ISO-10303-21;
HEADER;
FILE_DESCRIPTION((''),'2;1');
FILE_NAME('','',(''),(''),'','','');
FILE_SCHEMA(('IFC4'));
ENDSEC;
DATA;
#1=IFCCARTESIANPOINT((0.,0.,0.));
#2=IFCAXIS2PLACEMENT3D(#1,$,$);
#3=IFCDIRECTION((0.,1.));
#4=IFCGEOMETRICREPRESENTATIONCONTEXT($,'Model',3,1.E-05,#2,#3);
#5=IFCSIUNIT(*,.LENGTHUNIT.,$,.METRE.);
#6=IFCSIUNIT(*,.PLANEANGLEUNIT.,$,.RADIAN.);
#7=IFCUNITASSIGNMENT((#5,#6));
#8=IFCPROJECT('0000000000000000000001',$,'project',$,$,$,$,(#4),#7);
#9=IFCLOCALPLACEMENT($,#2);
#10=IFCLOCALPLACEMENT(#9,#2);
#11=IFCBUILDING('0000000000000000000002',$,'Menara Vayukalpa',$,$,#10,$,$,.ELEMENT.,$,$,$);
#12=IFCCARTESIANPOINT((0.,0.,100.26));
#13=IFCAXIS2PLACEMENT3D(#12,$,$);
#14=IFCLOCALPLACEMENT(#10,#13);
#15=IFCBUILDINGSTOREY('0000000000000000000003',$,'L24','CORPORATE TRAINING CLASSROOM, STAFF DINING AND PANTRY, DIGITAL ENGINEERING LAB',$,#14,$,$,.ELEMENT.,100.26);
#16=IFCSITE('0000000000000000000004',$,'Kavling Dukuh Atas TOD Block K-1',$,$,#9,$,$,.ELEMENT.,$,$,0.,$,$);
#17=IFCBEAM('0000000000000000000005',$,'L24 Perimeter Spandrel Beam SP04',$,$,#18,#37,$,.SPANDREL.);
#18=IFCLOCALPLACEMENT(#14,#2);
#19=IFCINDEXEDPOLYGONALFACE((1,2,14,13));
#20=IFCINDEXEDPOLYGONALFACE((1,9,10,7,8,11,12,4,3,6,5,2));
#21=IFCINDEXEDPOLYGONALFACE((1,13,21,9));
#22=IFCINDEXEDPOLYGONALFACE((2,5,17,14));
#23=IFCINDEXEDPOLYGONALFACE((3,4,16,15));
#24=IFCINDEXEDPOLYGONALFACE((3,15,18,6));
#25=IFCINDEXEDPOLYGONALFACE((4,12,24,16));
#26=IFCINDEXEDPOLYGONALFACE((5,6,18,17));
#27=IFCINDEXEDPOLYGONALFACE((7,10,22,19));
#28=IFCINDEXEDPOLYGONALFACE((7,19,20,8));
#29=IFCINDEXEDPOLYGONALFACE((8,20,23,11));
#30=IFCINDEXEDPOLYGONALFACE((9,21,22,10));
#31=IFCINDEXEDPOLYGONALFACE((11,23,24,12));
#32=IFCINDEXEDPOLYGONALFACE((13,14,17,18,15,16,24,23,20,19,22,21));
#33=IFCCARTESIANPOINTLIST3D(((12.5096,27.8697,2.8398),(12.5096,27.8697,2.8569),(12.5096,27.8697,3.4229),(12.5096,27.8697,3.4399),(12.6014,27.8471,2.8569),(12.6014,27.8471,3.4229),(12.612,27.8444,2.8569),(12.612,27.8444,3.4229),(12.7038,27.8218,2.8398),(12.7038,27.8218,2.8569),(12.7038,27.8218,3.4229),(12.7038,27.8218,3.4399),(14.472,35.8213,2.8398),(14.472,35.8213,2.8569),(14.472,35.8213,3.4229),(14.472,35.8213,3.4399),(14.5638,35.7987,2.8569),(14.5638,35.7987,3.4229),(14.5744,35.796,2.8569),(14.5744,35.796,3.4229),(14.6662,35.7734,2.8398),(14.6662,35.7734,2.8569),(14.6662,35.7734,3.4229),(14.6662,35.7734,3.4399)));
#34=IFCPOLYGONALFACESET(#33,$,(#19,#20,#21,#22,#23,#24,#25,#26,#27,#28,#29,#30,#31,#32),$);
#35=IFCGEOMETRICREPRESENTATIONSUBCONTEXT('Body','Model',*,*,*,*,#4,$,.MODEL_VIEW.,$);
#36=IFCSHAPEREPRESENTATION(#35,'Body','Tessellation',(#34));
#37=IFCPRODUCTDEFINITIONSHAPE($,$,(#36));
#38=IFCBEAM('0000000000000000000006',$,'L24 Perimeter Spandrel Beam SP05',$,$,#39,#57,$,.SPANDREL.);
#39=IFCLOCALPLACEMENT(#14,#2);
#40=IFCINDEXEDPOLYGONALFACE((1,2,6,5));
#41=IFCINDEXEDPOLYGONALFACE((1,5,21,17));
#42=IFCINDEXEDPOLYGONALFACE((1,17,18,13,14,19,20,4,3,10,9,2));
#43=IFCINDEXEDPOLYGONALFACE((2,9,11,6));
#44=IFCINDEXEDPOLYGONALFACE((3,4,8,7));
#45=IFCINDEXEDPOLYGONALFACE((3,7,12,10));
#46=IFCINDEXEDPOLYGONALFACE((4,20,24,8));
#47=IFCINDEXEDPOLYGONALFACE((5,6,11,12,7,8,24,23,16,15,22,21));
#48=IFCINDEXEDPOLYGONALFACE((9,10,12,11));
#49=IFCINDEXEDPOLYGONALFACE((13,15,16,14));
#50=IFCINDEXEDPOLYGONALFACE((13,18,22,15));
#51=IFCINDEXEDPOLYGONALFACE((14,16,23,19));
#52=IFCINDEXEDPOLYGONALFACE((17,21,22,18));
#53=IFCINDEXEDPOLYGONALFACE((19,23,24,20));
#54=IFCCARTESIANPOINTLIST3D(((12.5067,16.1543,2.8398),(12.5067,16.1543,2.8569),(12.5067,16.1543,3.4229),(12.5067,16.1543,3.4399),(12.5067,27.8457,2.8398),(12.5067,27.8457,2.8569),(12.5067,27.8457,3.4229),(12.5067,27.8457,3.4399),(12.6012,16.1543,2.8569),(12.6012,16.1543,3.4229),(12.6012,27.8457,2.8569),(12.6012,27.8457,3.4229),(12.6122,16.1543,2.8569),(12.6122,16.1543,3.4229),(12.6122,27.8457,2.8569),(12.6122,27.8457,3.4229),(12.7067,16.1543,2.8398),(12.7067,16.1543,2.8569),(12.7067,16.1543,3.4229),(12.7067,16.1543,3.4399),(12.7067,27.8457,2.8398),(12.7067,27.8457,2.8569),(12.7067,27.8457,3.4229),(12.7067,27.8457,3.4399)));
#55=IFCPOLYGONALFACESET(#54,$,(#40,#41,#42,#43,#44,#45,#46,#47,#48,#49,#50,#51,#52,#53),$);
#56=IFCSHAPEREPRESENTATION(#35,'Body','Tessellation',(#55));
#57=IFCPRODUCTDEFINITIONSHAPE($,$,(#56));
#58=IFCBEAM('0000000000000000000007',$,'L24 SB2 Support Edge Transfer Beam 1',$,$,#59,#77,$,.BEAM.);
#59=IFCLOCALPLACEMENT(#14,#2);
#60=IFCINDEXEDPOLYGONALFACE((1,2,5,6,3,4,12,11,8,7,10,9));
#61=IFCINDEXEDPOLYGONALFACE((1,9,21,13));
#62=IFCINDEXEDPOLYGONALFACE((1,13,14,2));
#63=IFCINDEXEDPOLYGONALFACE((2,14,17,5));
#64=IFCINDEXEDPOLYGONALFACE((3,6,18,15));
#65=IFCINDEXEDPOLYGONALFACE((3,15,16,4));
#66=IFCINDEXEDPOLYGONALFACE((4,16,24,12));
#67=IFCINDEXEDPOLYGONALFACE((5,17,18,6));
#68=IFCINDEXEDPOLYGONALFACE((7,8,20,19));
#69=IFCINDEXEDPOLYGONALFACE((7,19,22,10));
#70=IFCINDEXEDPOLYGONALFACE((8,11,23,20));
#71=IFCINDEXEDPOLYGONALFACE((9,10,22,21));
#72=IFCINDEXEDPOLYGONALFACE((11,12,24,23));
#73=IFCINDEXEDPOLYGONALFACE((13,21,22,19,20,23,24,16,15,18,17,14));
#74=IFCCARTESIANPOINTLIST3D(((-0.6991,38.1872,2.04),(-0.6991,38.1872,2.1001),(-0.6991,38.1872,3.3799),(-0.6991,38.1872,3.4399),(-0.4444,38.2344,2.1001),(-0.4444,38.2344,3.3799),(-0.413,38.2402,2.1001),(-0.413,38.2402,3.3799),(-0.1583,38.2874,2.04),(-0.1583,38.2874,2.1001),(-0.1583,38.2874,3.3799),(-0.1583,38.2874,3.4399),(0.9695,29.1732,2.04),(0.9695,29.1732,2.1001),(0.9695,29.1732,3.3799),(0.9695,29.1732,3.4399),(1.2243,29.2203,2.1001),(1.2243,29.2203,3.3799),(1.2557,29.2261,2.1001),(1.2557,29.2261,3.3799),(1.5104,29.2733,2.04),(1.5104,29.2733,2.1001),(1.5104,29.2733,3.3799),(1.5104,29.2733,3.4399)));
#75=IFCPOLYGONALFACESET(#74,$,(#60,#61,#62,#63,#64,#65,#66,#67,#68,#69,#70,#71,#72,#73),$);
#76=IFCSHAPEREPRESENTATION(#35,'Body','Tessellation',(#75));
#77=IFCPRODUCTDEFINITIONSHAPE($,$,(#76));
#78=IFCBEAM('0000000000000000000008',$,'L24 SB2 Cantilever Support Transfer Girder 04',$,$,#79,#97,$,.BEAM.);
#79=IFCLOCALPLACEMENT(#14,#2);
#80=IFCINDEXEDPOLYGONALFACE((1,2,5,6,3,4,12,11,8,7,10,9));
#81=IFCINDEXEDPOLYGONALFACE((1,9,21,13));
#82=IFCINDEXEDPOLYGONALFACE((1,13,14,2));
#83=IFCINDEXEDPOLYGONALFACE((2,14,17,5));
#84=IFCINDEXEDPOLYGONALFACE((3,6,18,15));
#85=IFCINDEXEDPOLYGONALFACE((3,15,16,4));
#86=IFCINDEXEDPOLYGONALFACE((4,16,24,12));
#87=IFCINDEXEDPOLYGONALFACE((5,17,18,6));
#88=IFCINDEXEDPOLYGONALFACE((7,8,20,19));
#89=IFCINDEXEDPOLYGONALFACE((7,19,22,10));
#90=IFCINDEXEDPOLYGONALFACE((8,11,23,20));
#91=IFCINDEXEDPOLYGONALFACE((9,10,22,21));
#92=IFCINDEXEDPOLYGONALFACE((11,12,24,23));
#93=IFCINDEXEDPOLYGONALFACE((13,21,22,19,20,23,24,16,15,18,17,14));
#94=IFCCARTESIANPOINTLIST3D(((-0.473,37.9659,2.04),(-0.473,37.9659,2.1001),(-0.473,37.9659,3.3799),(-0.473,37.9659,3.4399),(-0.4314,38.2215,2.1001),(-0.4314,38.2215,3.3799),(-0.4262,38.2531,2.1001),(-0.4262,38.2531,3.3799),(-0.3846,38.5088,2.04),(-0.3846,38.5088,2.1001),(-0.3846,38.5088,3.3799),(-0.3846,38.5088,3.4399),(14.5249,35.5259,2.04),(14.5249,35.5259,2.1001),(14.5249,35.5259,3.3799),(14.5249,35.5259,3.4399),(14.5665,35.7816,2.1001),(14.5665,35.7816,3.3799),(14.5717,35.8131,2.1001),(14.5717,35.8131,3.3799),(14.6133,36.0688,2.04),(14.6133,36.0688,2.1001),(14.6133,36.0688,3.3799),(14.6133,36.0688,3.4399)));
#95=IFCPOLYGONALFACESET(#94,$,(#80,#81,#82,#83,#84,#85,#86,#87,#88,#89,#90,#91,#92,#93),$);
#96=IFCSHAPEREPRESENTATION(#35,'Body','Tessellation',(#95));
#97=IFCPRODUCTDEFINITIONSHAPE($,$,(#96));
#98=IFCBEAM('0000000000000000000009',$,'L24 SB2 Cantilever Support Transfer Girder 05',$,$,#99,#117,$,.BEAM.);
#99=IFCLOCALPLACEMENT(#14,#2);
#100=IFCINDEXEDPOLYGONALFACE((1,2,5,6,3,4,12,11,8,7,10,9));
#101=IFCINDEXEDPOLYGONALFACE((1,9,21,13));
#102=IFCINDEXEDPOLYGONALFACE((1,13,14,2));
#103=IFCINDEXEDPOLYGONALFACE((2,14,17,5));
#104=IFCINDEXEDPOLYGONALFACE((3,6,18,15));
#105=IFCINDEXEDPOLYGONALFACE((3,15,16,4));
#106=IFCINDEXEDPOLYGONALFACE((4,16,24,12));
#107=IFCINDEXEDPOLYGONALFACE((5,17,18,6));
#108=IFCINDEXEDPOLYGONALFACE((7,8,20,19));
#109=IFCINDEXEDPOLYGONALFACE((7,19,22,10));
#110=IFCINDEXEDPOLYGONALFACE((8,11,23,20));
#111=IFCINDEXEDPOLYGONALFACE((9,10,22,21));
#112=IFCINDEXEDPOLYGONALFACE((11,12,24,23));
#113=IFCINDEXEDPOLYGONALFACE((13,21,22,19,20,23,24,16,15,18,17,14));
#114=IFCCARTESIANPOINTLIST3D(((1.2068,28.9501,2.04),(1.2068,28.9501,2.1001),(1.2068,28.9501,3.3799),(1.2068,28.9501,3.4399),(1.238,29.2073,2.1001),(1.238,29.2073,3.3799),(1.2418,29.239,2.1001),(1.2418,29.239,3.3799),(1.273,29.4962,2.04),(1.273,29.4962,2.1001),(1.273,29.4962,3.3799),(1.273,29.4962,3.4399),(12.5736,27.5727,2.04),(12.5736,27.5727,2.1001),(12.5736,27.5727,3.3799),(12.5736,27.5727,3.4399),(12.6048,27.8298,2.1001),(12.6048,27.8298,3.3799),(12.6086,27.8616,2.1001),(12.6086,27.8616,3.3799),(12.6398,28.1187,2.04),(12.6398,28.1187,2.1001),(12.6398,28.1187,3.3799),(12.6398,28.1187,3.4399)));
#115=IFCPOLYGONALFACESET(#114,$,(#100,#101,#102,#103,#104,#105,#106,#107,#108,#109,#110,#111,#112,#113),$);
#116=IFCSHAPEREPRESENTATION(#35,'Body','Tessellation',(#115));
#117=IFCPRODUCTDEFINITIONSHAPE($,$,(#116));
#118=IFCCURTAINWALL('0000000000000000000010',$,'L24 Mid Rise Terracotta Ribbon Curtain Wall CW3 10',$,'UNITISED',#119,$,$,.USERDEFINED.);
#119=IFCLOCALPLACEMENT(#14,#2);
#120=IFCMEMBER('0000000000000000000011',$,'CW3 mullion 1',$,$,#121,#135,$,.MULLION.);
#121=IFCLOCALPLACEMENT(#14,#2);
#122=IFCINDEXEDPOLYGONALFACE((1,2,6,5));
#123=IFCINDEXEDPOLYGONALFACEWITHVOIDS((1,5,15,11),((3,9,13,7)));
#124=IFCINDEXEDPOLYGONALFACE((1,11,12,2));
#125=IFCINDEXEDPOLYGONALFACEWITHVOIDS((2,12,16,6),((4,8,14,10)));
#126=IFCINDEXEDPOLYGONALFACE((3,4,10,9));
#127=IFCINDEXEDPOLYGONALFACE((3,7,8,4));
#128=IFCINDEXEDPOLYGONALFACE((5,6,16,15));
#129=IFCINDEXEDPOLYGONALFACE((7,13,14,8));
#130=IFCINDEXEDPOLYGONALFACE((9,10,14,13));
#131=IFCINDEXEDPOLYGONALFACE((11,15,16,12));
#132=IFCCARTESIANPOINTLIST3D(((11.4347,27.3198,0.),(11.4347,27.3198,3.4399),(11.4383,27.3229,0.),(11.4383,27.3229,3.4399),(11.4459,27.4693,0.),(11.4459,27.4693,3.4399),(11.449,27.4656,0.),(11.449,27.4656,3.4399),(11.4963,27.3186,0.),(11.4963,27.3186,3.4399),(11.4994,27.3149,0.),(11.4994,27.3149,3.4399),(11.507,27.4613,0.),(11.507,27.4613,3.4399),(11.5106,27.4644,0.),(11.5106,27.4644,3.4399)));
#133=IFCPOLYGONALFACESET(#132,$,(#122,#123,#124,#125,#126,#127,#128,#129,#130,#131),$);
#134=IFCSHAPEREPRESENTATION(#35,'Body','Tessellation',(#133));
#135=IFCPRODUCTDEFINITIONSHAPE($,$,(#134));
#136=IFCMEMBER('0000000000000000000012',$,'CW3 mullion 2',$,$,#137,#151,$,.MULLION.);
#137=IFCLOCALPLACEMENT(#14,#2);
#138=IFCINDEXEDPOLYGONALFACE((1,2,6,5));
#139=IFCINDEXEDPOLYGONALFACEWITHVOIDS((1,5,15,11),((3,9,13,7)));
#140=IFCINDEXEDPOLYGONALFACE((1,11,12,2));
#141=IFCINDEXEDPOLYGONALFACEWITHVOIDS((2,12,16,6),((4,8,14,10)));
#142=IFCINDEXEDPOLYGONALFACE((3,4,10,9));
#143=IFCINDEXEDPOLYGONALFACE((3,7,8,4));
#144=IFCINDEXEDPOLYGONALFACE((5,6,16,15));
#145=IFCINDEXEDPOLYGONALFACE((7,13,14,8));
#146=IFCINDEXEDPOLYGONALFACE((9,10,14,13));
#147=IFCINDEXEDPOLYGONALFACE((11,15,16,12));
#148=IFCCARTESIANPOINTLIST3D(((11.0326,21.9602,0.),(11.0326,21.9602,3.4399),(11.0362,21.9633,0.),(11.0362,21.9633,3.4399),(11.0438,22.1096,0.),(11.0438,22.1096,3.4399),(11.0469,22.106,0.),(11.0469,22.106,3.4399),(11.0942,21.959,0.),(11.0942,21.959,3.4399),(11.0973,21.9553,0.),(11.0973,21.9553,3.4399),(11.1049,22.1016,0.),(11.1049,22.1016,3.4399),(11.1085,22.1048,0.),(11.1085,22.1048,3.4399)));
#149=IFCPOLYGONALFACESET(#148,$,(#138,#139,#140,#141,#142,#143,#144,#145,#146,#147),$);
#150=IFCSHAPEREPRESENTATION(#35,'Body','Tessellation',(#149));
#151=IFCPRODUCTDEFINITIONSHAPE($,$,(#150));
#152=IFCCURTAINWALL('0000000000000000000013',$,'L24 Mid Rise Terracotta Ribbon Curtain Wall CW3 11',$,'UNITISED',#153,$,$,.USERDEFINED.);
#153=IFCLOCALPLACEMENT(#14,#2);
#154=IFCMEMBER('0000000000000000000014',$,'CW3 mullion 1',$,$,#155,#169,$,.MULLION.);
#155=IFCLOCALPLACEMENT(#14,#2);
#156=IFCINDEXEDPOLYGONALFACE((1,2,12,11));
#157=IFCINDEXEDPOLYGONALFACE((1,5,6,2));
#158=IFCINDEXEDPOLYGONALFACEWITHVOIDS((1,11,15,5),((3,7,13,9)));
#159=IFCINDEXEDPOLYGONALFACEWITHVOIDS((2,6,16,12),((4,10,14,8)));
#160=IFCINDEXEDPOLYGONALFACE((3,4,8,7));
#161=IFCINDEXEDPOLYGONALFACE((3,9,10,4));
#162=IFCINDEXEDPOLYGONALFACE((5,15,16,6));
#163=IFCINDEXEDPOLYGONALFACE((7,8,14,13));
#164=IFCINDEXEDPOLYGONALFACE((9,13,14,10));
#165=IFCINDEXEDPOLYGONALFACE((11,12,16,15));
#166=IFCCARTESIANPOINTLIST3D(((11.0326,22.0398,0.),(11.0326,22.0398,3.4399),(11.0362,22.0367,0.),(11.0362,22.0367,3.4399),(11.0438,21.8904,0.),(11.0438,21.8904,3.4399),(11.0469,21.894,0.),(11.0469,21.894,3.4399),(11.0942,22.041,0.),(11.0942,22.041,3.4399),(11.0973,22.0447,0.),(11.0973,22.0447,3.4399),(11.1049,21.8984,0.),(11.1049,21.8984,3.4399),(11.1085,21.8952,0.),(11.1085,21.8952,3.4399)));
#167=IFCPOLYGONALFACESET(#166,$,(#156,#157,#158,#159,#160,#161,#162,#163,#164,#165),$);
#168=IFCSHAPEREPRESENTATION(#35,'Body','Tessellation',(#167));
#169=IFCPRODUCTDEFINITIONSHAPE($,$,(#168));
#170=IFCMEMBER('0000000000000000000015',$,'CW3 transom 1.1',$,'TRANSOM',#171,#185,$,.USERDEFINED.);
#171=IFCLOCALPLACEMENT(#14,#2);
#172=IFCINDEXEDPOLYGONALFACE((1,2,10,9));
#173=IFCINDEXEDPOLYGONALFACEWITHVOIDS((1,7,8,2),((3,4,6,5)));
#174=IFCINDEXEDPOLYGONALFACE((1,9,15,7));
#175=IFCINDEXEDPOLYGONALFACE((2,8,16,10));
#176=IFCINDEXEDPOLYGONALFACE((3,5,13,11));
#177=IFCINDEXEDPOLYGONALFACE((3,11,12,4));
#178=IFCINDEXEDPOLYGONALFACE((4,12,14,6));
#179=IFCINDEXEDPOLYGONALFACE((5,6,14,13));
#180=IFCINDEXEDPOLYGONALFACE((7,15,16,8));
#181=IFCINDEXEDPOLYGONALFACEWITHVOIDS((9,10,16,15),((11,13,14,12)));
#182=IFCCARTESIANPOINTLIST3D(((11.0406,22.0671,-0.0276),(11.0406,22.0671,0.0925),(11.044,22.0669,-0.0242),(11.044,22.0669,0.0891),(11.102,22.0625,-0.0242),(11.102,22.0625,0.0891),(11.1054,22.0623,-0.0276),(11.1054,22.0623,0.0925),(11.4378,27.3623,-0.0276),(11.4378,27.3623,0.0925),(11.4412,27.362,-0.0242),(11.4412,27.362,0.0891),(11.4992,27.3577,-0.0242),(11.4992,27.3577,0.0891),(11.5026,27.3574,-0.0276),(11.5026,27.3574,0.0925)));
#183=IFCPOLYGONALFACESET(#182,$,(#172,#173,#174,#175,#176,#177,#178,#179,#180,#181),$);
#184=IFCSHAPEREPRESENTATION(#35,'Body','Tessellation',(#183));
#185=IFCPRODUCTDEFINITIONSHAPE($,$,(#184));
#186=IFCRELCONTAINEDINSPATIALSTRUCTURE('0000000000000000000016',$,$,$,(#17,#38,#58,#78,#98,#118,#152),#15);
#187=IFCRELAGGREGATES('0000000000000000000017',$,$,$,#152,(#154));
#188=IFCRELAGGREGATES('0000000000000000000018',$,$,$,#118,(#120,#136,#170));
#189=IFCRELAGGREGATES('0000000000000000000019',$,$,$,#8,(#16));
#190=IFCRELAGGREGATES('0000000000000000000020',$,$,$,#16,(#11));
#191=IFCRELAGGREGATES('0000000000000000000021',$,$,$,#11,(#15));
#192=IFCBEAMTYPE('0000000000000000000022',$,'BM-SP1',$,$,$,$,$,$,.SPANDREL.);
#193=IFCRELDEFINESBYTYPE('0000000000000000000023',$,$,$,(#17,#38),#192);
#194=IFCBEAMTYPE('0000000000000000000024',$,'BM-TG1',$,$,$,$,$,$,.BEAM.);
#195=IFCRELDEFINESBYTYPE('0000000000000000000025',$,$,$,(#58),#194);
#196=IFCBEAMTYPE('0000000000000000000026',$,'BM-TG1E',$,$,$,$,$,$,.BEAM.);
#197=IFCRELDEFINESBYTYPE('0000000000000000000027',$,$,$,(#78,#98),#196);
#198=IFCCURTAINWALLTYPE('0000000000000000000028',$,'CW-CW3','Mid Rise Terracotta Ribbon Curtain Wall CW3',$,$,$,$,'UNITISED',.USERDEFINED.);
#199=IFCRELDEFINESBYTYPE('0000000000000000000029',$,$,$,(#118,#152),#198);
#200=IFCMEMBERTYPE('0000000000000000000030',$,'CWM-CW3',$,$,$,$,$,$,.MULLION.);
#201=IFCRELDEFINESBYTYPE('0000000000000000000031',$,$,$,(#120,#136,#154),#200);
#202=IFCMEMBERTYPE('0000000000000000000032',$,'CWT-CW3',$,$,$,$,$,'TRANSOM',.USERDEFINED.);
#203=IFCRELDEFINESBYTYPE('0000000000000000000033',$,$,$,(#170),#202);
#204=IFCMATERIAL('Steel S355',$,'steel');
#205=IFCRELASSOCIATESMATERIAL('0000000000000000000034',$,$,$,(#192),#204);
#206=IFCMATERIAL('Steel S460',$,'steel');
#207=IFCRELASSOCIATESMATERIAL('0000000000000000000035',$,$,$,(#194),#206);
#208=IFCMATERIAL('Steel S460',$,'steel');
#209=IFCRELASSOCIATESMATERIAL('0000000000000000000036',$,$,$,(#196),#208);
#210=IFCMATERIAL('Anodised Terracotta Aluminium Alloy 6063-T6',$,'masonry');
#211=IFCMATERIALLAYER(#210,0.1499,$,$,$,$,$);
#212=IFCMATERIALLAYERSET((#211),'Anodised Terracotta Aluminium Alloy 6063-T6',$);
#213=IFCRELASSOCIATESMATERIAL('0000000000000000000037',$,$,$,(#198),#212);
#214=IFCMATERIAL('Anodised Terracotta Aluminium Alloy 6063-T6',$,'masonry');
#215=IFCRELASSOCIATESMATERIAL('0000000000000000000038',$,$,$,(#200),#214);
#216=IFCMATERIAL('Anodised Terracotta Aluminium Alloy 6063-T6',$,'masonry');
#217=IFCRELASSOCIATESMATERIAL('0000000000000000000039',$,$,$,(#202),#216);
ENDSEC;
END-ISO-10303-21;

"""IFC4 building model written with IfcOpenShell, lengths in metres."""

from ifc_helpers import new_model, si_unit, direction, frame, origin, origin_2d, place, context, subcontext, project, spatial, hollow_rectangle, i_section, extrude, material, layer, layer_set, material_profile, profile_set, type_object, element, aggregate, save


model = new_model("IFC4")

# Units and contexts
model_context = context("Model", 3, precision=1e-05, world=origin(), true_north=direction((0.0, 1.0)))
body_context = subcontext(model_context, "Body", "Model", "MODEL_VIEW")
ifc_project = project(units=[si_unit("LENGTHUNIT", "METRE"), si_unit("PLANEANGLEUNIT", "RADIAN")], contexts=[model_context])

# Site, building, storey
site_placement = place(None, origin())
site = spatial("IfcSite", under=ifc_project, at=site_placement, Name="Kavling Dukuh Atas TOD Block K-1", CompositionType="ELEMENT", RefElevation=0.0)
building_placement = place(site_placement, origin())
building = spatial("IfcBuilding", under=site, at=building_placement, Name="Menara Vayukalpa", CompositionType="ELEMENT")
storey_placement = place(building_placement, frame((0.0, 0.0, 100.26)))
storey = spatial("IfcBuildingStorey", under=building, at=storey_placement, Name="L24", Description="CORPORATE TRAINING CLASSROOM, STAFF DINING AND PANTRY, DIGITAL ENGINEERING LAB", CompositionType="ELEMENT", Elevation=100.26)

# Beams
ifc_material_1 = material(Name="Steel S355", Category="steel")
ifc_material_profile_1 = material_profile(ifc_material_1, i_section(OverallWidth=0.2, OverallDepth=0.6001, WebThickness=0.011, FlangeThickness=0.0171, at=origin_2d()), Name="WF 600x200x11x17")
ifc_profile_set_1 = profile_set([ifc_material_profile_1], Name="Steel S355")
beam_type_1 = type_object("IfcBeamType", Name="BM-SP1", PredefinedType="SPANDREL", material=ifc_profile_set_1)
beam_1_placement = place(storey_placement, frame((14.5691, 35.7974, 3.1399), z_axis=(-0.239603, -0.970871, 0.0), x_axis=(0.970871, -0.239603, 0.0)))
element("IfcBeam", 1, at=beam_1_placement, inside=storey, type_object=beam_type_1, Name="L24 Perimeter Spandrel Beam SP04", PredefinedType="SPANDREL", context=body_context, shape_type="SweptSolid", body=[
    extrude(i_section(OverallWidth=0.2, OverallDepth=0.6001, WebThickness=0.011, FlangeThickness=0.0171, at=origin_2d()), origin(), (0.0, 0.0, 1.0), 8.1902),
])
beam_2_placement = place(storey_placement, frame((12.6067, 27.8457, 3.1399), z_axis=(0.0, -1.0, 0.0), x_axis=(1.0, 0.0, 0.0)))
element("IfcBeam", 2, at=beam_2_placement, inside=storey, type_object=beam_type_1, Name="L24 Perimeter Spandrel Beam SP05", PredefinedType="SPANDREL", context=body_context, shape_type="SweptSolid", body=[
    extrude(i_section(OverallWidth=0.2, OverallDepth=0.6001, WebThickness=0.011, FlangeThickness=0.0171, at=origin_2d()), origin(), (0.0, 0.0, 1.0), 11.6914),
])
ifc_material_2 = material(Name="Steel S460", Category="steel")
ifc_material_profile_2 = material_profile(ifc_material_2, i_section(OverallWidth=0.55, OverallDepth=1.3999, WebThickness=0.032, FlangeThickness=0.0601, at=origin_2d()), Name="WG 1400x550x32x60")
ifc_profile_set_2 = profile_set([ifc_material_profile_2], Name="Steel S460")
beam_type_2 = type_object("IfcBeamType", Name="BM-TG1", PredefinedType="BEAM", material=ifc_profile_set_2)
beam_3_placement = place(storey_placement, frame((-0.4287, 38.2373, 2.74), z_axis=(0.182027, -0.983293, 0.0), x_axis=(0.983293, 0.182027, 0.0)))
element("IfcBeam", 3, at=beam_3_placement, inside=storey, type_object=beam_type_2, Name="L24 SB2 Support Edge Transfer Beam 1", PredefinedType="BEAM", context=body_context, shape_type="SweptSolid", body=[
    extrude(i_section(OverallWidth=0.55, OverallDepth=1.3999, WebThickness=0.032, FlangeThickness=0.0601, at=origin_2d()), origin(), (0.0, 0.0, 1.0), 9.1672),
])
ifc_material_3 = material(Name="Steel S460", Category="steel")
ifc_material_profile_3 = material_profile(ifc_material_3, i_section(OverallWidth=0.55, OverallDepth=1.3999, WebThickness=0.032, FlangeThickness=0.0601, at=origin_2d()), Name="WG 1400x550x32x60")
ifc_profile_set_3 = profile_set([ifc_material_profile_3], Name="Steel S460")
beam_type_3 = type_object("IfcBeamType", Name="BM-TG1E", PredefinedType="BEAM", material=ifc_profile_set_3)
beam_4_placement = place(storey_placement, frame((14.5691, 35.7974, 2.74), z_axis=(-0.987024, 0.160575, 0.0), x_axis=(-0.160575, -0.987024, 0.0)))
element("IfcBeam", 4, at=beam_4_placement, inside=storey, type_object=beam_type_3, Name="L24 SB2 Cantilever Support Transfer Girder 04", PredefinedType="BEAM", context=body_context, shape_type="SweptSolid", body=[
    extrude(i_section(OverallWidth=0.55, OverallDepth=1.3999, WebThickness=0.032, FlangeThickness=0.0601, at=origin_2d()), origin(), (0.0, 0.0, 1.0), 15.1951),
])
beam_5_placement = place(storey_placement, frame((12.6067, 27.8457, 2.74), z_axis=(-0.992737, 0.120302, 0.0), x_axis=(-0.120302, -0.992737, 0.0)))
element("IfcBeam", 5, at=beam_5_placement, inside=storey, type_object=beam_type_3, Name="L24 SB2 Cantilever Support Transfer Girder 05", PredefinedType="BEAM", context=body_context, shape_type="SweptSolid", body=[
    extrude(i_section(OverallWidth=0.55, OverallDepth=1.3999, WebThickness=0.032, FlangeThickness=0.0601, at=origin_2d()), origin(), (0.0, 0.0, 1.0), 11.45),
])

# Curtain wall, members
ifc_material_4 = material(Name="Anodised Terracotta Aluminium Alloy 6063-T6", Category="masonry")
ifc_layer_1 = layer(ifc_material_4, 0.1499)
ifc_layer_set_1 = layer_set([ifc_layer_1], Name="Anodised Terracotta Aluminium Alloy 6063-T6")
curtain_wall_type = type_object("IfcCurtainWallType", Name="CW-CW3", Description="Mid Rise Terracotta Ribbon Curtain Wall CW3", ElementType="UNITISED", PredefinedType="USERDEFINED", material=ifc_layer_set_1)
curtain_wall_1_placement = place(storey_placement, origin())
curtain_wall_1 = element("IfcCurtainWall", 6, at=curtain_wall_1_placement, inside=storey, type_object=curtain_wall_type, Name="L24 Mid Rise Terracotta Ribbon Curtain Wall CW3 10", ObjectType="UNITISED", PredefinedType="USERDEFINED")
ifc_material_5 = material(Name="Anodised Terracotta Aluminium Alloy 6063-T6", Category="masonry")
ifc_material_profile_4 = material_profile(ifc_material_5, hollow_rectangle(XDim=0.0649, YDim=0.1499, WallThickness=0.0034, at=origin_2d()), Name="ALU 65x150x3.5")
ifc_profile_set_4 = profile_set([ifc_material_profile_4], Name="Anodised Terracotta Aluminium Alloy 6063-T6")
member_type_1 = type_object("IfcMemberType", Name="CWM-CW3", PredefinedType="MULLION", material=ifc_profile_set_4)
member_1_placement = place(storey_placement, frame((11.4727, 27.3921, 0.0), z_axis=(0.0, 0.0, 1.0), x_axis=(0.9972, -0.074782, 0.0)))
member_1 = element("IfcMember", 7, at=member_1_placement, type_object=member_type_1, Name="CW3 mullion 1", PredefinedType="MULLION", context=body_context, shape_type="SweptSolid", body=[
    extrude(hollow_rectangle(XDim=0.0649, YDim=0.1499, WallThickness=0.0034, at=origin_2d()), origin(), (0.0, 0.0, 1.0), 3.4399),
])
member_2_placement = place(storey_placement, frame((11.0706, 22.0325, 0.0), z_axis=(0.0, 0.0, 1.0), x_axis=(0.9972, -0.074782, 0.0)))
member_2 = element("IfcMember", 8, at=member_2_placement, type_object=member_type_1, Name="CW3 mullion 2", PredefinedType="MULLION", context=body_context, shape_type="SweptSolid", body=[
    extrude(hollow_rectangle(XDim=0.0649, YDim=0.1499, WallThickness=0.0034, at=origin_2d()), origin(), (0.0, 0.0, 1.0), 3.4399),
])

# Curtain wall, member
curtain_wall_2_placement = place(storey_placement, origin())
curtain_wall_2 = element("IfcCurtainWall", 9, at=curtain_wall_2_placement, inside=storey, type_object=curtain_wall_type, Name="L24 Mid Rise Terracotta Ribbon Curtain Wall CW3 11", ObjectType="UNITISED", PredefinedType="USERDEFINED")
member_3_placement = place(storey_placement, frame((11.0706, 21.9675, 0.0), z_axis=(0.0, 0.0, 1.0), x_axis=(0.9972, 0.074785, 0.0)))
member_3 = element("IfcMember", 10, at=member_3_placement, type_object=member_type_1, Name="CW3 mullion 1", PredefinedType="MULLION", context=body_context, shape_type="SweptSolid", body=[
    extrude(hollow_rectangle(XDim=0.0649, YDim=0.1499, WallThickness=0.0034, at=origin_2d()), origin(), (0.0, 0.0, 1.0), 3.4399),
])

# Member
ifc_material_6 = material(Name="Anodised Terracotta Aluminium Alloy 6063-T6", Category="masonry")
ifc_material_profile_5 = material_profile(ifc_material_6, hollow_rectangle(XDim=0.0649, YDim=0.1201, WallThickness=0.0034, at=origin_2d()), Name="ALU 65x120x3.5")
ifc_profile_set_5 = profile_set([ifc_material_profile_5], Name="Anodised Terracotta Aluminium Alloy 6063-T6")
member_type_2 = type_object("IfcMemberType", Name="CWT-CW3", ElementType="TRANSOM", PredefinedType="USERDEFINED", material=ifc_profile_set_5)
member_4_placement = place(storey_placement, frame((11.4702, 27.3599, 0.0325), z_axis=(-0.074805, -0.997198, 0.0), x_axis=(0.997198, -0.074805, 0.0)))
member_4 = element("IfcMember", 11, at=member_4_placement, type_object=member_type_2, Name="CW3 transom 1.1", ObjectType="TRANSOM", PredefinedType="USERDEFINED", context=body_context, shape_type="SweptSolid", body=[
    extrude(hollow_rectangle(XDim=0.0649, YDim=0.1201, WallThickness=0.0034, at=origin_2d()), origin(), (0.0, 0.0, 1.0), 5.3101),
])
aggregate(curtain_wall_2, [member_3])

aggregate(curtain_wall_1, [member_1, member_2, member_4])

save(model, "model.ifc")
